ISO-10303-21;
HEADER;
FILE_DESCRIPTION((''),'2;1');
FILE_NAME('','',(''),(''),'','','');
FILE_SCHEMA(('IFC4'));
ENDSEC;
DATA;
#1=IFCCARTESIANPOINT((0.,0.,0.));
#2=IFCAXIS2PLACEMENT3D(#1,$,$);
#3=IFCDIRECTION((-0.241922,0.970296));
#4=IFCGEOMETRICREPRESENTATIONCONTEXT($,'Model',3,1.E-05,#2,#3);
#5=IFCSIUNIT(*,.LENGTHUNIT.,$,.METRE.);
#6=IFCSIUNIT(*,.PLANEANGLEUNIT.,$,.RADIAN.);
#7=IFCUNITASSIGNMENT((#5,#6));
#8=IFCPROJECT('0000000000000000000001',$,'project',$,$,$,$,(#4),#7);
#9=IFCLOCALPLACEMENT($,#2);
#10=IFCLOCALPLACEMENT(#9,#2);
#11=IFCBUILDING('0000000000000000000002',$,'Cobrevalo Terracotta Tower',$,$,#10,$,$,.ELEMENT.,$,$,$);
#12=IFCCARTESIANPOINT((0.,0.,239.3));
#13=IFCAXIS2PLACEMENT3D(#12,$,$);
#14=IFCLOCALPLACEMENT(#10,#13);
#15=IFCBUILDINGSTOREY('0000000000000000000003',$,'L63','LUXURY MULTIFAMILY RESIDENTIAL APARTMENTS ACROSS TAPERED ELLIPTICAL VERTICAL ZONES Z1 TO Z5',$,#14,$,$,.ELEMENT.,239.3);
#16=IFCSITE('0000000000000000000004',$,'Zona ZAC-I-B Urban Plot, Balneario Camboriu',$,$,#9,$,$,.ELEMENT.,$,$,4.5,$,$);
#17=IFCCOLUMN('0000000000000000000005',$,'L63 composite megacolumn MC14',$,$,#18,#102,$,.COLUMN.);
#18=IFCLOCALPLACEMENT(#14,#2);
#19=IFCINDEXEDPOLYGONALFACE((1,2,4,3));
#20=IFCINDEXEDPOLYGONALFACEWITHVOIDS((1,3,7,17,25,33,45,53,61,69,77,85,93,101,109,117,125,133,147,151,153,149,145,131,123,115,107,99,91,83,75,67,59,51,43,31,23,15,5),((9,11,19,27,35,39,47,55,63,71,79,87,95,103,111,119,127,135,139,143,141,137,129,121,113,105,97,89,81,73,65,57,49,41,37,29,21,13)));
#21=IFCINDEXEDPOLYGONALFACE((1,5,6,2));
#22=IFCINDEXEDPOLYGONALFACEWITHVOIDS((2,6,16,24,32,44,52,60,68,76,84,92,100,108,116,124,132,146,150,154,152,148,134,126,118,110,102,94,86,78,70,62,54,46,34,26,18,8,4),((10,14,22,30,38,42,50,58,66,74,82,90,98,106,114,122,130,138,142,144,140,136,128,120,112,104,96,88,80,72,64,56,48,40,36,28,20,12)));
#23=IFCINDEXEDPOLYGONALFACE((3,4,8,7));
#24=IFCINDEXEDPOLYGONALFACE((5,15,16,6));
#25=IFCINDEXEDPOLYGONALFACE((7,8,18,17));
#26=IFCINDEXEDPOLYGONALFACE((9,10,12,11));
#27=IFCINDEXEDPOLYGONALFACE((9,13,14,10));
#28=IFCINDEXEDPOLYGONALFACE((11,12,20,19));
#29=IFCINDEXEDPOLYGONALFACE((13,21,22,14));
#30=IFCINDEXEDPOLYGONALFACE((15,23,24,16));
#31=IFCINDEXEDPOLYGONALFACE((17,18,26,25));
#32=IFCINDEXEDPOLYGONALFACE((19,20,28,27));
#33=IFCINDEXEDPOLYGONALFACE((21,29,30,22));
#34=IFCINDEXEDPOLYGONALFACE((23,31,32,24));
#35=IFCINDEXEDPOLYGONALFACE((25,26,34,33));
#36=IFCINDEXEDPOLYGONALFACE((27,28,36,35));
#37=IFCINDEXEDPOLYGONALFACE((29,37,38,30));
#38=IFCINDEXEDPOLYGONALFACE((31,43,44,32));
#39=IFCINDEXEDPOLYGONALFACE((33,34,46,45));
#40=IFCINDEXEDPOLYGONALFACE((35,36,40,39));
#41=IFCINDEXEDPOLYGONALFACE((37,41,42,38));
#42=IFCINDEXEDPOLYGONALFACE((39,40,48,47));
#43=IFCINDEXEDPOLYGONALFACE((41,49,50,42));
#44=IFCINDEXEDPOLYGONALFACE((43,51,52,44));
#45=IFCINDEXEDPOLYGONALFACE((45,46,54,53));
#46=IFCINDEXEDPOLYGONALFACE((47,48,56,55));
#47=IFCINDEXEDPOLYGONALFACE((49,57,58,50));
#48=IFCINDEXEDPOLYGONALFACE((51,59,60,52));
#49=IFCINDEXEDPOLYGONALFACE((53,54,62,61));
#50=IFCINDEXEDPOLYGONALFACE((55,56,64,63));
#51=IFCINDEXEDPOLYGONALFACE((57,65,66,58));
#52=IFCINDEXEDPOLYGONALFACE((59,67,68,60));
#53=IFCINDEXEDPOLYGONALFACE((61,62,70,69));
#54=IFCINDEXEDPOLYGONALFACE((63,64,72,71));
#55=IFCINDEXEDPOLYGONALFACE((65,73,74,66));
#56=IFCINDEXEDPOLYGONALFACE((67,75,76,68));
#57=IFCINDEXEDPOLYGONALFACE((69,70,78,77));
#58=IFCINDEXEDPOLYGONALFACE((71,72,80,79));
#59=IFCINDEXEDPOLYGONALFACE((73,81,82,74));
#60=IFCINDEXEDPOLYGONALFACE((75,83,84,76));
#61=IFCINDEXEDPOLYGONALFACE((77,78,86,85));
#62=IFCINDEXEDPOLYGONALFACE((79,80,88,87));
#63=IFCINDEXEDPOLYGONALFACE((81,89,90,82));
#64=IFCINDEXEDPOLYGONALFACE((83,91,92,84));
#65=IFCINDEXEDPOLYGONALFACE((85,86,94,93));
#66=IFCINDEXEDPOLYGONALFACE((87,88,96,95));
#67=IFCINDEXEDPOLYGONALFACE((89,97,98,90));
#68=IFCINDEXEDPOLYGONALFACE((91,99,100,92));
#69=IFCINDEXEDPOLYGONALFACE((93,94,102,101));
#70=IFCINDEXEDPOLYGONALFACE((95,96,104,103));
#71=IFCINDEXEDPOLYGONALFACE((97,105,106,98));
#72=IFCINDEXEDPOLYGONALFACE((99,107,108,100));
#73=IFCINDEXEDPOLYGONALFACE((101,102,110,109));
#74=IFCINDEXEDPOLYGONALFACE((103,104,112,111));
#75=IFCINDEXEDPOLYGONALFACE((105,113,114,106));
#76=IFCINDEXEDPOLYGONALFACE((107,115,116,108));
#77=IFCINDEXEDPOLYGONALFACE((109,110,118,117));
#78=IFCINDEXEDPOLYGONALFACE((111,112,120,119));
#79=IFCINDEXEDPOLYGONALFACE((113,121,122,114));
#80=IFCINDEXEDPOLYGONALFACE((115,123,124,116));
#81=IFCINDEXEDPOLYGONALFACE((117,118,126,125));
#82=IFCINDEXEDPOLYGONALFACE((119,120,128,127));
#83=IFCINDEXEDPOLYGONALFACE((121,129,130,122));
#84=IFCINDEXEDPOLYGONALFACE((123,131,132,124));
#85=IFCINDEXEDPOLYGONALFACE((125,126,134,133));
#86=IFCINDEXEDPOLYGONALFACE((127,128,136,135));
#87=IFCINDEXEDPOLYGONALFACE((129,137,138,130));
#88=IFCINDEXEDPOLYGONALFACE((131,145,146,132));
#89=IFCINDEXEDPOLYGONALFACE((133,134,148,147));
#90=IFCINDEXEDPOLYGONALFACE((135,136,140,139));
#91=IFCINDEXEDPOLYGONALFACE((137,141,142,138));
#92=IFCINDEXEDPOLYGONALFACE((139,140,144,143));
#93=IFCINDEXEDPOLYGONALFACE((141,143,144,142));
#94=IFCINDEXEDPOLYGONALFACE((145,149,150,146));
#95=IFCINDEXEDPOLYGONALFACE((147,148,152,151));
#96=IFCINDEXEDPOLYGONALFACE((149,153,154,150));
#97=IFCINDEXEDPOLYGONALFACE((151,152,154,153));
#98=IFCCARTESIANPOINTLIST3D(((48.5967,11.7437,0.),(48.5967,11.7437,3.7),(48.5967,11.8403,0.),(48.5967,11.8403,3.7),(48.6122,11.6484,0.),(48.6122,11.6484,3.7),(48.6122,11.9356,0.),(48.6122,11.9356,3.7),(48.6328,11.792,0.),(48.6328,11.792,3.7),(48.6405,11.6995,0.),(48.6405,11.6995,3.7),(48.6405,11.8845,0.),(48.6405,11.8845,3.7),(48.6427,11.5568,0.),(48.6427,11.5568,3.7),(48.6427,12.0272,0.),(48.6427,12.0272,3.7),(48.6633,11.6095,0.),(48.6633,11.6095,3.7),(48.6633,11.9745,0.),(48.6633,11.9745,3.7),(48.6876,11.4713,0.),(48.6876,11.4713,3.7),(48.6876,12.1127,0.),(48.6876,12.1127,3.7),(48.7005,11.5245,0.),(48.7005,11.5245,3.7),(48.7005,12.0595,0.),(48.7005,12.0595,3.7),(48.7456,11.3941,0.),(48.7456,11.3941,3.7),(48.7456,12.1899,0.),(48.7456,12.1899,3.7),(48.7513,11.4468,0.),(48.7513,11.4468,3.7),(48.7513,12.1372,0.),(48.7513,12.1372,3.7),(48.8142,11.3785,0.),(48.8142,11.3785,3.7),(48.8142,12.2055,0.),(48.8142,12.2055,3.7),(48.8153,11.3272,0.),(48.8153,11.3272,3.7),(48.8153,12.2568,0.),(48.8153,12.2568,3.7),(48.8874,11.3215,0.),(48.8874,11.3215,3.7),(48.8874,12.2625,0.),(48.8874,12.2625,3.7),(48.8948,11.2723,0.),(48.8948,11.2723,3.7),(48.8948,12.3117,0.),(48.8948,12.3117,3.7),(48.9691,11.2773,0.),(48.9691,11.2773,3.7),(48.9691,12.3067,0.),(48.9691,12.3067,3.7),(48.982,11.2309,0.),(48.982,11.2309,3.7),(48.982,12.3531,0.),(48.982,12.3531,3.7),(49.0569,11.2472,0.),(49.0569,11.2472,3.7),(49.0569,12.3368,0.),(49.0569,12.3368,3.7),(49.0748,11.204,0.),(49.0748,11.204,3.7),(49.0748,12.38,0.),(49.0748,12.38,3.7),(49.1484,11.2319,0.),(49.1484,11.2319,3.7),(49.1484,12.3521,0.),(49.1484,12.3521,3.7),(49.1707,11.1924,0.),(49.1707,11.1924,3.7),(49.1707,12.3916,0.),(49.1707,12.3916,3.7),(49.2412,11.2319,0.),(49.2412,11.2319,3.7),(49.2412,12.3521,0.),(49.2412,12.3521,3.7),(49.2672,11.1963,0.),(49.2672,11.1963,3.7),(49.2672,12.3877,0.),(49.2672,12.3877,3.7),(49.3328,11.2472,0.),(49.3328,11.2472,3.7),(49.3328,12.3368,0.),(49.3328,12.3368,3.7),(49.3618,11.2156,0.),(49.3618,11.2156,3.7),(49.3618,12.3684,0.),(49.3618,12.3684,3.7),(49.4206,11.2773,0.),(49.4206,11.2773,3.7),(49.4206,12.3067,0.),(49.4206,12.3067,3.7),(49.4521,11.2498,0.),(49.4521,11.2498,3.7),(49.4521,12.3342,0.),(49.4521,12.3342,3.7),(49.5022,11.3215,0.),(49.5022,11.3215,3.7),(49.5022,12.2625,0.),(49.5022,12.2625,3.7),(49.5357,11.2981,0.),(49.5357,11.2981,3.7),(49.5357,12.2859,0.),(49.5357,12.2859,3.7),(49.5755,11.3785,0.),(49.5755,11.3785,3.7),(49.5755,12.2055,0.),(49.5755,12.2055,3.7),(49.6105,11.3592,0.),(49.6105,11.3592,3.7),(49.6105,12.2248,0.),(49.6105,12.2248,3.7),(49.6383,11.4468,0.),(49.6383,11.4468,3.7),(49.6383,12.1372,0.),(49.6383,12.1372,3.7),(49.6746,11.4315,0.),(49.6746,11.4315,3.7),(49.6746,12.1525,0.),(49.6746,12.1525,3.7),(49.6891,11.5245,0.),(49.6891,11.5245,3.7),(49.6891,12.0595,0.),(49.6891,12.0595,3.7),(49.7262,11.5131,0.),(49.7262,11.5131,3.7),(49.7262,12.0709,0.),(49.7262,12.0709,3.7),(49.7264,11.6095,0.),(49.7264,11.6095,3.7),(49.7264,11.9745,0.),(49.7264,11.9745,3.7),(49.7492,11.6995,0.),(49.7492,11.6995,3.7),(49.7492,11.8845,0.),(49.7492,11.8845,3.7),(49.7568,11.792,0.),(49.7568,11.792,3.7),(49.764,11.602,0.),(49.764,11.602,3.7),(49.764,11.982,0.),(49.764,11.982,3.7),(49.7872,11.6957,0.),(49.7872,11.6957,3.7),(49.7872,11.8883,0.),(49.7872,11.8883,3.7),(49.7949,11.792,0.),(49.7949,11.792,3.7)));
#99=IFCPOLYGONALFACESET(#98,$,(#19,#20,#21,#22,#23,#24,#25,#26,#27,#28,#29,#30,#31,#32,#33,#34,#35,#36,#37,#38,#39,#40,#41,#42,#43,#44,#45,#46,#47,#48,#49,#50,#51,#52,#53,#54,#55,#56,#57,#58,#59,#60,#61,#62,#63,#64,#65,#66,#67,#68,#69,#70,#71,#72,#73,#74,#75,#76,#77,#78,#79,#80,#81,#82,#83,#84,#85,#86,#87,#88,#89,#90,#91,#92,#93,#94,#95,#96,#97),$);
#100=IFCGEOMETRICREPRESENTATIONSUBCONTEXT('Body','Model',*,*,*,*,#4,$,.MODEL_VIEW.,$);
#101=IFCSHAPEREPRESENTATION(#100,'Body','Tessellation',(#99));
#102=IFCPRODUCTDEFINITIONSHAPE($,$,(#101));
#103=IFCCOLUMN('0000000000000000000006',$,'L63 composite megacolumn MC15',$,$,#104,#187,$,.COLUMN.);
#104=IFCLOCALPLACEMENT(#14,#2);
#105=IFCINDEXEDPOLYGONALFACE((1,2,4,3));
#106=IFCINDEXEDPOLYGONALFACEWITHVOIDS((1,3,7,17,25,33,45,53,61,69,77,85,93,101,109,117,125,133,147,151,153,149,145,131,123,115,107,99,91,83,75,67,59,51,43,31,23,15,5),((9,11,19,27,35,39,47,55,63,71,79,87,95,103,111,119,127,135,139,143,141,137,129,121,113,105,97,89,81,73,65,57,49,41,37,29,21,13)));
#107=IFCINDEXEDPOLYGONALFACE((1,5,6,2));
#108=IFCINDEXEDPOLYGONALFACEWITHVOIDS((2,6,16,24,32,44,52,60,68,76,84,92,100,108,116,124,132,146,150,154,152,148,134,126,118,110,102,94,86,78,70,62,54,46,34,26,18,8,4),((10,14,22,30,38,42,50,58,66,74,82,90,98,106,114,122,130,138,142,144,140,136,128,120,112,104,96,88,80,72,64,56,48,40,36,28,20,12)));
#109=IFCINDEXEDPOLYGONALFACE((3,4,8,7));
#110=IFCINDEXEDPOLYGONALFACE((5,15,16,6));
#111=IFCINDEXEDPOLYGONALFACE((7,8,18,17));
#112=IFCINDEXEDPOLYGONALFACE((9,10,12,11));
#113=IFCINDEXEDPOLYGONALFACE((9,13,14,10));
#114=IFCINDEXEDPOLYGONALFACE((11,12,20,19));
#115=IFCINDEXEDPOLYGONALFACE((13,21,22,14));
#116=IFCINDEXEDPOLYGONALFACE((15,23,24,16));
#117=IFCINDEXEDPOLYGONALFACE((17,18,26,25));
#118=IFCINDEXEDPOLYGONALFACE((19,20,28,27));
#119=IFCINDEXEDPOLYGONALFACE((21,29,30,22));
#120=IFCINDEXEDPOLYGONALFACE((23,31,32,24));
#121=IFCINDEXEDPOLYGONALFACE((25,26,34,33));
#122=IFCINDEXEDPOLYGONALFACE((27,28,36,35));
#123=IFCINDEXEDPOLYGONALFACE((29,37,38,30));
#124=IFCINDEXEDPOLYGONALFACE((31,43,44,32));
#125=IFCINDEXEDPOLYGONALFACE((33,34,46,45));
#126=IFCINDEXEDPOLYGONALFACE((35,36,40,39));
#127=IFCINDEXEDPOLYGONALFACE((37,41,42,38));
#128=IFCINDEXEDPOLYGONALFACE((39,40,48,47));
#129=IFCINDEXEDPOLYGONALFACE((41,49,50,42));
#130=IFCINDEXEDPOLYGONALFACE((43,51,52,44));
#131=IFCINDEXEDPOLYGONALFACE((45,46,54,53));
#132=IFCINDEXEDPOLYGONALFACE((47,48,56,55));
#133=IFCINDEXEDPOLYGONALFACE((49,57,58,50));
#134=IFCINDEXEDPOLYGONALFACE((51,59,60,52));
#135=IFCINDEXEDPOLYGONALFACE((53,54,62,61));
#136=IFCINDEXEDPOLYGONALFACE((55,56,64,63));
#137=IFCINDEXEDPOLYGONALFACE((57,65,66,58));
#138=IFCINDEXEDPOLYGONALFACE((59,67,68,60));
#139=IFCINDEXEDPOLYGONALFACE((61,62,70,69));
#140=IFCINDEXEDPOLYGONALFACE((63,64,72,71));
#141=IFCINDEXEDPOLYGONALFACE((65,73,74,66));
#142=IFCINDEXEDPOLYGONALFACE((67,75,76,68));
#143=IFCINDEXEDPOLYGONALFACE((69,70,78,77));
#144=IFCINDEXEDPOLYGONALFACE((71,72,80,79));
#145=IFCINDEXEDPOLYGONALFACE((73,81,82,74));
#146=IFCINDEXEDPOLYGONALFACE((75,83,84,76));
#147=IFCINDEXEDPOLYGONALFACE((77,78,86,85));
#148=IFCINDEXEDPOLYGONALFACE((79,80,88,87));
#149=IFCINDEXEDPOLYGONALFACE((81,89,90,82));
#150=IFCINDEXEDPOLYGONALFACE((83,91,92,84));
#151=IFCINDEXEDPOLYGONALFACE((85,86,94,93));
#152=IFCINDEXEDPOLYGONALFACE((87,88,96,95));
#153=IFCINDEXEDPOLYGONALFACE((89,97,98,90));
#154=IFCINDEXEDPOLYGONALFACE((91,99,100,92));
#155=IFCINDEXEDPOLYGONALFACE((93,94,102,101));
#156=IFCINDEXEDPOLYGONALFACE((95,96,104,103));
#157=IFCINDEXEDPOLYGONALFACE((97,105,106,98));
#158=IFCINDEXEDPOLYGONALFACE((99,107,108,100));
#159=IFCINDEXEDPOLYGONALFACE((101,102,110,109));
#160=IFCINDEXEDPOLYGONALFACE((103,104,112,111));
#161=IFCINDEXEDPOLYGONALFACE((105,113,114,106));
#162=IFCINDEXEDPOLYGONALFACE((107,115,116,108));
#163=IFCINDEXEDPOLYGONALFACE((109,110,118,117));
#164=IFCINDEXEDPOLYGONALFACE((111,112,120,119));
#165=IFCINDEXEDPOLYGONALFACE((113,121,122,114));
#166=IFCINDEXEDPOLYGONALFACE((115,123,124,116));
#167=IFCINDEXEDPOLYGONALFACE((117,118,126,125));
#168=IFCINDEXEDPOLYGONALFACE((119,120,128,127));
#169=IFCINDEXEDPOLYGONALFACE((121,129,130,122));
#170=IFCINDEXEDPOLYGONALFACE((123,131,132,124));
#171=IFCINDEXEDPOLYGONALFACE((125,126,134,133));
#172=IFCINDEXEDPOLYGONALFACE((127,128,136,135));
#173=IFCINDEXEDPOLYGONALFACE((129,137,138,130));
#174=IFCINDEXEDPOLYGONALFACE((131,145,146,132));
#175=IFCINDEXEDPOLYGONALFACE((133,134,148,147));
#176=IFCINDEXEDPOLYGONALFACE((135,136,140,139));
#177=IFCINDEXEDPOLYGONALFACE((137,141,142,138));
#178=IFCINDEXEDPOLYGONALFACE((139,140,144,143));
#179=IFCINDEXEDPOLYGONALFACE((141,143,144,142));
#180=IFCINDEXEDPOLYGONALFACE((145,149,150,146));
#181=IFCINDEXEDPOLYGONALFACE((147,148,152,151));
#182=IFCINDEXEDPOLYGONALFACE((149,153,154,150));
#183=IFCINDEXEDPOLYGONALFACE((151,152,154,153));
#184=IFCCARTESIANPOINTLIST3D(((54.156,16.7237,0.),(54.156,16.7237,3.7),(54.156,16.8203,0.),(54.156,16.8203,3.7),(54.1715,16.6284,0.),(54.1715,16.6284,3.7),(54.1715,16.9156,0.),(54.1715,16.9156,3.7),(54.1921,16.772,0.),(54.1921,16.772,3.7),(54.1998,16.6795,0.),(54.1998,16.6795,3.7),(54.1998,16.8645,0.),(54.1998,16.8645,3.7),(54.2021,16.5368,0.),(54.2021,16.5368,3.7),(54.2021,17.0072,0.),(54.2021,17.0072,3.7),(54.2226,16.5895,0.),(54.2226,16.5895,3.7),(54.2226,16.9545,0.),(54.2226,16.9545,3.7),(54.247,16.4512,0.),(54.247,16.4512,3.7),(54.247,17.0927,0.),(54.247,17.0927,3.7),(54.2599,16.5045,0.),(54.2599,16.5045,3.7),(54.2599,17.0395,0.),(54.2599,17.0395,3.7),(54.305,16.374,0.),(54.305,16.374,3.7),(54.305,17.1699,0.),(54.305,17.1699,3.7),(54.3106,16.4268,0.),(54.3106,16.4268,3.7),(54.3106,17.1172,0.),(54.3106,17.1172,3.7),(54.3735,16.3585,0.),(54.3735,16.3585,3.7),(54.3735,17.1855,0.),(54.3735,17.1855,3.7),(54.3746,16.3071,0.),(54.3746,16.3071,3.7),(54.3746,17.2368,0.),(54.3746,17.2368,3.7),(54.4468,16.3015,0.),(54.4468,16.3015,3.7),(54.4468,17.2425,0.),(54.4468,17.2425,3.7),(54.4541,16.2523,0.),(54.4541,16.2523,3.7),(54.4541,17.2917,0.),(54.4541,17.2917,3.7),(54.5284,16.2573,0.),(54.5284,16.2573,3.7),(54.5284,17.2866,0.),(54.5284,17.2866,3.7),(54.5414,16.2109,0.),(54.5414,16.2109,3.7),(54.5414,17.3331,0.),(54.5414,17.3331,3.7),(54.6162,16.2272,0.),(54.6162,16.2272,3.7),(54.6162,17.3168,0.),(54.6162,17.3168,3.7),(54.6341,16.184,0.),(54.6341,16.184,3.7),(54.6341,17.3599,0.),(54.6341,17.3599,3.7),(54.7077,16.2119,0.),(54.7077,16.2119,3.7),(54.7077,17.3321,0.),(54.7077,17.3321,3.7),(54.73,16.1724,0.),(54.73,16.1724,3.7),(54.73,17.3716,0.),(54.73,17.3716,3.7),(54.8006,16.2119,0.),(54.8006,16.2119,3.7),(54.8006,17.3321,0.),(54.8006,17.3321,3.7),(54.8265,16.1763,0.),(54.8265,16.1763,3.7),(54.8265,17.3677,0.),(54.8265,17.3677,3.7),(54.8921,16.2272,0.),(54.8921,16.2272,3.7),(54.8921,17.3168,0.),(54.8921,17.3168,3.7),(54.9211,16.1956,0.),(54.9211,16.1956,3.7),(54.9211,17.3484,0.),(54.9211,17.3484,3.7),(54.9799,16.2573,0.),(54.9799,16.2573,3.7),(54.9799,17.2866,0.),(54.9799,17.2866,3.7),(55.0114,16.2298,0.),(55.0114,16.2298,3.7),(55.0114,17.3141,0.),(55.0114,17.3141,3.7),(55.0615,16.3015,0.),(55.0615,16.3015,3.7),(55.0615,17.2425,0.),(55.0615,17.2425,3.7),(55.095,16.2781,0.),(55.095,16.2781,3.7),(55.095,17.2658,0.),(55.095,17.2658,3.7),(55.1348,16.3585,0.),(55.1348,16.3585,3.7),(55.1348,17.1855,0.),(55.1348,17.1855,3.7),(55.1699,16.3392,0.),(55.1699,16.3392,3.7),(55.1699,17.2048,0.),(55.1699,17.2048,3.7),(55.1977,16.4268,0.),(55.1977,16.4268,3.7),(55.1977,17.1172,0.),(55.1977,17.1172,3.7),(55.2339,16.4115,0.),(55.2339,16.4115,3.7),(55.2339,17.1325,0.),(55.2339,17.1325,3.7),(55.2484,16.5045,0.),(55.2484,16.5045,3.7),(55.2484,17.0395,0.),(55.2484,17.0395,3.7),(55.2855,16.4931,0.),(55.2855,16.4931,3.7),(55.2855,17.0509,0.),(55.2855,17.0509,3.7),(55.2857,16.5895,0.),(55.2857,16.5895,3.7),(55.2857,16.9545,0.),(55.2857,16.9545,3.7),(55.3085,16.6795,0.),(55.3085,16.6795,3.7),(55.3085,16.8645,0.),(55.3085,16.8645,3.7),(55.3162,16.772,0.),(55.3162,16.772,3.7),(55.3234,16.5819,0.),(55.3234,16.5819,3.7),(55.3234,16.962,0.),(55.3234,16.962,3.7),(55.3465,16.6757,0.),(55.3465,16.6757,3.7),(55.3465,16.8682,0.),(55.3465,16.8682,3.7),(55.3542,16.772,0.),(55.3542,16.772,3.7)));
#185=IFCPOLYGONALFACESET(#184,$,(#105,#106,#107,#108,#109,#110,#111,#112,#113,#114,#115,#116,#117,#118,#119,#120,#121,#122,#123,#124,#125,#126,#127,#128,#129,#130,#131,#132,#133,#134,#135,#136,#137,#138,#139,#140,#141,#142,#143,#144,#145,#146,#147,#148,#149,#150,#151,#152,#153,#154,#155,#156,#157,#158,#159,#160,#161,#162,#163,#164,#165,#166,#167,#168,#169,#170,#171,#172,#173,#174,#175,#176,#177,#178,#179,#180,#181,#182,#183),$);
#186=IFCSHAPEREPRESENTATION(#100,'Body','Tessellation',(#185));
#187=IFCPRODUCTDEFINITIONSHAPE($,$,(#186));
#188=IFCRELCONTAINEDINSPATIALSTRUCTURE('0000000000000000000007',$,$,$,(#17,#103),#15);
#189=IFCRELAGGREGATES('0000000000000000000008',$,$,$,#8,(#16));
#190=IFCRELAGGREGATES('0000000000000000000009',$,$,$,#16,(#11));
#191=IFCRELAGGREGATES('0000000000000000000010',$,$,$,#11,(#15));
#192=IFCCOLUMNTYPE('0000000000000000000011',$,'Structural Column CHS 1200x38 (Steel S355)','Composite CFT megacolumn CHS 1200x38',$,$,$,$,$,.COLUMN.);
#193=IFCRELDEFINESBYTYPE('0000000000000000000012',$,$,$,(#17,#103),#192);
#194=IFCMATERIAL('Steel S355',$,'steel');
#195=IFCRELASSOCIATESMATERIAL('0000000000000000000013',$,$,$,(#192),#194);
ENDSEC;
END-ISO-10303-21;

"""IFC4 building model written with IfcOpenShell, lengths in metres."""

from ifc_helpers import new_model, si_unit, direction, frame, origin, origin_2d, place, context, subcontext, project, spatial, hollow_circle, extrude, material, material_profile, profile_set, type_object, element, save


model = new_model("IFC4")

# Units and contexts
model_context = context("Model", 3, precision=1e-05, world=origin(), true_north=direction((-0.241922, 0.970296)))
body_context = subcontext(model_context, "Body", "Model", "MODEL_VIEW")
ifc_project = project(units=[si_unit("LENGTHUNIT", "METRE"), si_unit("PLANEANGLEUNIT", "RADIAN")], contexts=[model_context])

# Site, building, storey
site_placement = place(None, origin())
site = spatial("IfcSite", under=ifc_project, at=site_placement, Name="Zona ZAC-I-B Urban Plot, Balneario Camboriu", CompositionType="ELEMENT", RefElevation=4.5)
building_placement = place(site_placement, origin())
building = spatial("IfcBuilding", under=site, at=building_placement, Name="Cobrevalo Terracotta Tower", CompositionType="ELEMENT")
storey_placement = place(building_placement, frame((0.0, 0.0, 239.3)))
storey = spatial("IfcBuildingStorey", under=building, at=storey_placement, Name="L63", Description="LUXURY MULTIFAMILY RESIDENTIAL APARTMENTS ACROSS TAPERED ELLIPTICAL VERTICAL ZONES Z1 TO Z5", CompositionType="ELEMENT", Elevation=239.3)

# Columns
ifc_material_1 = material(Name="Steel S355", Category="steel")
ifc_material_profile_1 = material_profile(ifc_material_1, hollow_circle(Radius=0.6001, WallThickness=0.0381, at=origin_2d()), Name="CHS 1200x38")
ifc_profile_set_1 = profile_set([ifc_material_profile_1], Name="Steel S355")
column_type = type_object("IfcColumnType", Name="Structural Column CHS 1200x38 (Steel S355)", Description="Composite CFT megacolumn CHS 1200x38", PredefinedType="COLUMN", material=ifc_profile_set_1)
for number, where, z_axis, x_axis, name in (
    (1, (49.1948, 11.792, 0.0), (0.0, 0.0, 1.0), (1.0, 0.0, 0.0), "L63 composite megacolumn MC14"),
    (2, (54.7542, 16.772, 0.0), (0.0, 0.0, 1.0), (1.0, 0.0, 0.0), "L63 composite megacolumn MC15"),
):
    element("IfcColumn", number, at=place(storey_placement, frame(where, z_axis=z_axis, x_axis=x_axis)), inside=storey, type_object=column_type, Name=name, PredefinedType="COLUMN", context=body_context, shape_type="SweptSolid", body=[
        extrude(hollow_circle(Radius=0.6001, WallThickness=0.0381, at=origin_2d()), origin(), (0.0, 0.0, 1.0), 3.7),
    ])

save(model, "model.ifc")
